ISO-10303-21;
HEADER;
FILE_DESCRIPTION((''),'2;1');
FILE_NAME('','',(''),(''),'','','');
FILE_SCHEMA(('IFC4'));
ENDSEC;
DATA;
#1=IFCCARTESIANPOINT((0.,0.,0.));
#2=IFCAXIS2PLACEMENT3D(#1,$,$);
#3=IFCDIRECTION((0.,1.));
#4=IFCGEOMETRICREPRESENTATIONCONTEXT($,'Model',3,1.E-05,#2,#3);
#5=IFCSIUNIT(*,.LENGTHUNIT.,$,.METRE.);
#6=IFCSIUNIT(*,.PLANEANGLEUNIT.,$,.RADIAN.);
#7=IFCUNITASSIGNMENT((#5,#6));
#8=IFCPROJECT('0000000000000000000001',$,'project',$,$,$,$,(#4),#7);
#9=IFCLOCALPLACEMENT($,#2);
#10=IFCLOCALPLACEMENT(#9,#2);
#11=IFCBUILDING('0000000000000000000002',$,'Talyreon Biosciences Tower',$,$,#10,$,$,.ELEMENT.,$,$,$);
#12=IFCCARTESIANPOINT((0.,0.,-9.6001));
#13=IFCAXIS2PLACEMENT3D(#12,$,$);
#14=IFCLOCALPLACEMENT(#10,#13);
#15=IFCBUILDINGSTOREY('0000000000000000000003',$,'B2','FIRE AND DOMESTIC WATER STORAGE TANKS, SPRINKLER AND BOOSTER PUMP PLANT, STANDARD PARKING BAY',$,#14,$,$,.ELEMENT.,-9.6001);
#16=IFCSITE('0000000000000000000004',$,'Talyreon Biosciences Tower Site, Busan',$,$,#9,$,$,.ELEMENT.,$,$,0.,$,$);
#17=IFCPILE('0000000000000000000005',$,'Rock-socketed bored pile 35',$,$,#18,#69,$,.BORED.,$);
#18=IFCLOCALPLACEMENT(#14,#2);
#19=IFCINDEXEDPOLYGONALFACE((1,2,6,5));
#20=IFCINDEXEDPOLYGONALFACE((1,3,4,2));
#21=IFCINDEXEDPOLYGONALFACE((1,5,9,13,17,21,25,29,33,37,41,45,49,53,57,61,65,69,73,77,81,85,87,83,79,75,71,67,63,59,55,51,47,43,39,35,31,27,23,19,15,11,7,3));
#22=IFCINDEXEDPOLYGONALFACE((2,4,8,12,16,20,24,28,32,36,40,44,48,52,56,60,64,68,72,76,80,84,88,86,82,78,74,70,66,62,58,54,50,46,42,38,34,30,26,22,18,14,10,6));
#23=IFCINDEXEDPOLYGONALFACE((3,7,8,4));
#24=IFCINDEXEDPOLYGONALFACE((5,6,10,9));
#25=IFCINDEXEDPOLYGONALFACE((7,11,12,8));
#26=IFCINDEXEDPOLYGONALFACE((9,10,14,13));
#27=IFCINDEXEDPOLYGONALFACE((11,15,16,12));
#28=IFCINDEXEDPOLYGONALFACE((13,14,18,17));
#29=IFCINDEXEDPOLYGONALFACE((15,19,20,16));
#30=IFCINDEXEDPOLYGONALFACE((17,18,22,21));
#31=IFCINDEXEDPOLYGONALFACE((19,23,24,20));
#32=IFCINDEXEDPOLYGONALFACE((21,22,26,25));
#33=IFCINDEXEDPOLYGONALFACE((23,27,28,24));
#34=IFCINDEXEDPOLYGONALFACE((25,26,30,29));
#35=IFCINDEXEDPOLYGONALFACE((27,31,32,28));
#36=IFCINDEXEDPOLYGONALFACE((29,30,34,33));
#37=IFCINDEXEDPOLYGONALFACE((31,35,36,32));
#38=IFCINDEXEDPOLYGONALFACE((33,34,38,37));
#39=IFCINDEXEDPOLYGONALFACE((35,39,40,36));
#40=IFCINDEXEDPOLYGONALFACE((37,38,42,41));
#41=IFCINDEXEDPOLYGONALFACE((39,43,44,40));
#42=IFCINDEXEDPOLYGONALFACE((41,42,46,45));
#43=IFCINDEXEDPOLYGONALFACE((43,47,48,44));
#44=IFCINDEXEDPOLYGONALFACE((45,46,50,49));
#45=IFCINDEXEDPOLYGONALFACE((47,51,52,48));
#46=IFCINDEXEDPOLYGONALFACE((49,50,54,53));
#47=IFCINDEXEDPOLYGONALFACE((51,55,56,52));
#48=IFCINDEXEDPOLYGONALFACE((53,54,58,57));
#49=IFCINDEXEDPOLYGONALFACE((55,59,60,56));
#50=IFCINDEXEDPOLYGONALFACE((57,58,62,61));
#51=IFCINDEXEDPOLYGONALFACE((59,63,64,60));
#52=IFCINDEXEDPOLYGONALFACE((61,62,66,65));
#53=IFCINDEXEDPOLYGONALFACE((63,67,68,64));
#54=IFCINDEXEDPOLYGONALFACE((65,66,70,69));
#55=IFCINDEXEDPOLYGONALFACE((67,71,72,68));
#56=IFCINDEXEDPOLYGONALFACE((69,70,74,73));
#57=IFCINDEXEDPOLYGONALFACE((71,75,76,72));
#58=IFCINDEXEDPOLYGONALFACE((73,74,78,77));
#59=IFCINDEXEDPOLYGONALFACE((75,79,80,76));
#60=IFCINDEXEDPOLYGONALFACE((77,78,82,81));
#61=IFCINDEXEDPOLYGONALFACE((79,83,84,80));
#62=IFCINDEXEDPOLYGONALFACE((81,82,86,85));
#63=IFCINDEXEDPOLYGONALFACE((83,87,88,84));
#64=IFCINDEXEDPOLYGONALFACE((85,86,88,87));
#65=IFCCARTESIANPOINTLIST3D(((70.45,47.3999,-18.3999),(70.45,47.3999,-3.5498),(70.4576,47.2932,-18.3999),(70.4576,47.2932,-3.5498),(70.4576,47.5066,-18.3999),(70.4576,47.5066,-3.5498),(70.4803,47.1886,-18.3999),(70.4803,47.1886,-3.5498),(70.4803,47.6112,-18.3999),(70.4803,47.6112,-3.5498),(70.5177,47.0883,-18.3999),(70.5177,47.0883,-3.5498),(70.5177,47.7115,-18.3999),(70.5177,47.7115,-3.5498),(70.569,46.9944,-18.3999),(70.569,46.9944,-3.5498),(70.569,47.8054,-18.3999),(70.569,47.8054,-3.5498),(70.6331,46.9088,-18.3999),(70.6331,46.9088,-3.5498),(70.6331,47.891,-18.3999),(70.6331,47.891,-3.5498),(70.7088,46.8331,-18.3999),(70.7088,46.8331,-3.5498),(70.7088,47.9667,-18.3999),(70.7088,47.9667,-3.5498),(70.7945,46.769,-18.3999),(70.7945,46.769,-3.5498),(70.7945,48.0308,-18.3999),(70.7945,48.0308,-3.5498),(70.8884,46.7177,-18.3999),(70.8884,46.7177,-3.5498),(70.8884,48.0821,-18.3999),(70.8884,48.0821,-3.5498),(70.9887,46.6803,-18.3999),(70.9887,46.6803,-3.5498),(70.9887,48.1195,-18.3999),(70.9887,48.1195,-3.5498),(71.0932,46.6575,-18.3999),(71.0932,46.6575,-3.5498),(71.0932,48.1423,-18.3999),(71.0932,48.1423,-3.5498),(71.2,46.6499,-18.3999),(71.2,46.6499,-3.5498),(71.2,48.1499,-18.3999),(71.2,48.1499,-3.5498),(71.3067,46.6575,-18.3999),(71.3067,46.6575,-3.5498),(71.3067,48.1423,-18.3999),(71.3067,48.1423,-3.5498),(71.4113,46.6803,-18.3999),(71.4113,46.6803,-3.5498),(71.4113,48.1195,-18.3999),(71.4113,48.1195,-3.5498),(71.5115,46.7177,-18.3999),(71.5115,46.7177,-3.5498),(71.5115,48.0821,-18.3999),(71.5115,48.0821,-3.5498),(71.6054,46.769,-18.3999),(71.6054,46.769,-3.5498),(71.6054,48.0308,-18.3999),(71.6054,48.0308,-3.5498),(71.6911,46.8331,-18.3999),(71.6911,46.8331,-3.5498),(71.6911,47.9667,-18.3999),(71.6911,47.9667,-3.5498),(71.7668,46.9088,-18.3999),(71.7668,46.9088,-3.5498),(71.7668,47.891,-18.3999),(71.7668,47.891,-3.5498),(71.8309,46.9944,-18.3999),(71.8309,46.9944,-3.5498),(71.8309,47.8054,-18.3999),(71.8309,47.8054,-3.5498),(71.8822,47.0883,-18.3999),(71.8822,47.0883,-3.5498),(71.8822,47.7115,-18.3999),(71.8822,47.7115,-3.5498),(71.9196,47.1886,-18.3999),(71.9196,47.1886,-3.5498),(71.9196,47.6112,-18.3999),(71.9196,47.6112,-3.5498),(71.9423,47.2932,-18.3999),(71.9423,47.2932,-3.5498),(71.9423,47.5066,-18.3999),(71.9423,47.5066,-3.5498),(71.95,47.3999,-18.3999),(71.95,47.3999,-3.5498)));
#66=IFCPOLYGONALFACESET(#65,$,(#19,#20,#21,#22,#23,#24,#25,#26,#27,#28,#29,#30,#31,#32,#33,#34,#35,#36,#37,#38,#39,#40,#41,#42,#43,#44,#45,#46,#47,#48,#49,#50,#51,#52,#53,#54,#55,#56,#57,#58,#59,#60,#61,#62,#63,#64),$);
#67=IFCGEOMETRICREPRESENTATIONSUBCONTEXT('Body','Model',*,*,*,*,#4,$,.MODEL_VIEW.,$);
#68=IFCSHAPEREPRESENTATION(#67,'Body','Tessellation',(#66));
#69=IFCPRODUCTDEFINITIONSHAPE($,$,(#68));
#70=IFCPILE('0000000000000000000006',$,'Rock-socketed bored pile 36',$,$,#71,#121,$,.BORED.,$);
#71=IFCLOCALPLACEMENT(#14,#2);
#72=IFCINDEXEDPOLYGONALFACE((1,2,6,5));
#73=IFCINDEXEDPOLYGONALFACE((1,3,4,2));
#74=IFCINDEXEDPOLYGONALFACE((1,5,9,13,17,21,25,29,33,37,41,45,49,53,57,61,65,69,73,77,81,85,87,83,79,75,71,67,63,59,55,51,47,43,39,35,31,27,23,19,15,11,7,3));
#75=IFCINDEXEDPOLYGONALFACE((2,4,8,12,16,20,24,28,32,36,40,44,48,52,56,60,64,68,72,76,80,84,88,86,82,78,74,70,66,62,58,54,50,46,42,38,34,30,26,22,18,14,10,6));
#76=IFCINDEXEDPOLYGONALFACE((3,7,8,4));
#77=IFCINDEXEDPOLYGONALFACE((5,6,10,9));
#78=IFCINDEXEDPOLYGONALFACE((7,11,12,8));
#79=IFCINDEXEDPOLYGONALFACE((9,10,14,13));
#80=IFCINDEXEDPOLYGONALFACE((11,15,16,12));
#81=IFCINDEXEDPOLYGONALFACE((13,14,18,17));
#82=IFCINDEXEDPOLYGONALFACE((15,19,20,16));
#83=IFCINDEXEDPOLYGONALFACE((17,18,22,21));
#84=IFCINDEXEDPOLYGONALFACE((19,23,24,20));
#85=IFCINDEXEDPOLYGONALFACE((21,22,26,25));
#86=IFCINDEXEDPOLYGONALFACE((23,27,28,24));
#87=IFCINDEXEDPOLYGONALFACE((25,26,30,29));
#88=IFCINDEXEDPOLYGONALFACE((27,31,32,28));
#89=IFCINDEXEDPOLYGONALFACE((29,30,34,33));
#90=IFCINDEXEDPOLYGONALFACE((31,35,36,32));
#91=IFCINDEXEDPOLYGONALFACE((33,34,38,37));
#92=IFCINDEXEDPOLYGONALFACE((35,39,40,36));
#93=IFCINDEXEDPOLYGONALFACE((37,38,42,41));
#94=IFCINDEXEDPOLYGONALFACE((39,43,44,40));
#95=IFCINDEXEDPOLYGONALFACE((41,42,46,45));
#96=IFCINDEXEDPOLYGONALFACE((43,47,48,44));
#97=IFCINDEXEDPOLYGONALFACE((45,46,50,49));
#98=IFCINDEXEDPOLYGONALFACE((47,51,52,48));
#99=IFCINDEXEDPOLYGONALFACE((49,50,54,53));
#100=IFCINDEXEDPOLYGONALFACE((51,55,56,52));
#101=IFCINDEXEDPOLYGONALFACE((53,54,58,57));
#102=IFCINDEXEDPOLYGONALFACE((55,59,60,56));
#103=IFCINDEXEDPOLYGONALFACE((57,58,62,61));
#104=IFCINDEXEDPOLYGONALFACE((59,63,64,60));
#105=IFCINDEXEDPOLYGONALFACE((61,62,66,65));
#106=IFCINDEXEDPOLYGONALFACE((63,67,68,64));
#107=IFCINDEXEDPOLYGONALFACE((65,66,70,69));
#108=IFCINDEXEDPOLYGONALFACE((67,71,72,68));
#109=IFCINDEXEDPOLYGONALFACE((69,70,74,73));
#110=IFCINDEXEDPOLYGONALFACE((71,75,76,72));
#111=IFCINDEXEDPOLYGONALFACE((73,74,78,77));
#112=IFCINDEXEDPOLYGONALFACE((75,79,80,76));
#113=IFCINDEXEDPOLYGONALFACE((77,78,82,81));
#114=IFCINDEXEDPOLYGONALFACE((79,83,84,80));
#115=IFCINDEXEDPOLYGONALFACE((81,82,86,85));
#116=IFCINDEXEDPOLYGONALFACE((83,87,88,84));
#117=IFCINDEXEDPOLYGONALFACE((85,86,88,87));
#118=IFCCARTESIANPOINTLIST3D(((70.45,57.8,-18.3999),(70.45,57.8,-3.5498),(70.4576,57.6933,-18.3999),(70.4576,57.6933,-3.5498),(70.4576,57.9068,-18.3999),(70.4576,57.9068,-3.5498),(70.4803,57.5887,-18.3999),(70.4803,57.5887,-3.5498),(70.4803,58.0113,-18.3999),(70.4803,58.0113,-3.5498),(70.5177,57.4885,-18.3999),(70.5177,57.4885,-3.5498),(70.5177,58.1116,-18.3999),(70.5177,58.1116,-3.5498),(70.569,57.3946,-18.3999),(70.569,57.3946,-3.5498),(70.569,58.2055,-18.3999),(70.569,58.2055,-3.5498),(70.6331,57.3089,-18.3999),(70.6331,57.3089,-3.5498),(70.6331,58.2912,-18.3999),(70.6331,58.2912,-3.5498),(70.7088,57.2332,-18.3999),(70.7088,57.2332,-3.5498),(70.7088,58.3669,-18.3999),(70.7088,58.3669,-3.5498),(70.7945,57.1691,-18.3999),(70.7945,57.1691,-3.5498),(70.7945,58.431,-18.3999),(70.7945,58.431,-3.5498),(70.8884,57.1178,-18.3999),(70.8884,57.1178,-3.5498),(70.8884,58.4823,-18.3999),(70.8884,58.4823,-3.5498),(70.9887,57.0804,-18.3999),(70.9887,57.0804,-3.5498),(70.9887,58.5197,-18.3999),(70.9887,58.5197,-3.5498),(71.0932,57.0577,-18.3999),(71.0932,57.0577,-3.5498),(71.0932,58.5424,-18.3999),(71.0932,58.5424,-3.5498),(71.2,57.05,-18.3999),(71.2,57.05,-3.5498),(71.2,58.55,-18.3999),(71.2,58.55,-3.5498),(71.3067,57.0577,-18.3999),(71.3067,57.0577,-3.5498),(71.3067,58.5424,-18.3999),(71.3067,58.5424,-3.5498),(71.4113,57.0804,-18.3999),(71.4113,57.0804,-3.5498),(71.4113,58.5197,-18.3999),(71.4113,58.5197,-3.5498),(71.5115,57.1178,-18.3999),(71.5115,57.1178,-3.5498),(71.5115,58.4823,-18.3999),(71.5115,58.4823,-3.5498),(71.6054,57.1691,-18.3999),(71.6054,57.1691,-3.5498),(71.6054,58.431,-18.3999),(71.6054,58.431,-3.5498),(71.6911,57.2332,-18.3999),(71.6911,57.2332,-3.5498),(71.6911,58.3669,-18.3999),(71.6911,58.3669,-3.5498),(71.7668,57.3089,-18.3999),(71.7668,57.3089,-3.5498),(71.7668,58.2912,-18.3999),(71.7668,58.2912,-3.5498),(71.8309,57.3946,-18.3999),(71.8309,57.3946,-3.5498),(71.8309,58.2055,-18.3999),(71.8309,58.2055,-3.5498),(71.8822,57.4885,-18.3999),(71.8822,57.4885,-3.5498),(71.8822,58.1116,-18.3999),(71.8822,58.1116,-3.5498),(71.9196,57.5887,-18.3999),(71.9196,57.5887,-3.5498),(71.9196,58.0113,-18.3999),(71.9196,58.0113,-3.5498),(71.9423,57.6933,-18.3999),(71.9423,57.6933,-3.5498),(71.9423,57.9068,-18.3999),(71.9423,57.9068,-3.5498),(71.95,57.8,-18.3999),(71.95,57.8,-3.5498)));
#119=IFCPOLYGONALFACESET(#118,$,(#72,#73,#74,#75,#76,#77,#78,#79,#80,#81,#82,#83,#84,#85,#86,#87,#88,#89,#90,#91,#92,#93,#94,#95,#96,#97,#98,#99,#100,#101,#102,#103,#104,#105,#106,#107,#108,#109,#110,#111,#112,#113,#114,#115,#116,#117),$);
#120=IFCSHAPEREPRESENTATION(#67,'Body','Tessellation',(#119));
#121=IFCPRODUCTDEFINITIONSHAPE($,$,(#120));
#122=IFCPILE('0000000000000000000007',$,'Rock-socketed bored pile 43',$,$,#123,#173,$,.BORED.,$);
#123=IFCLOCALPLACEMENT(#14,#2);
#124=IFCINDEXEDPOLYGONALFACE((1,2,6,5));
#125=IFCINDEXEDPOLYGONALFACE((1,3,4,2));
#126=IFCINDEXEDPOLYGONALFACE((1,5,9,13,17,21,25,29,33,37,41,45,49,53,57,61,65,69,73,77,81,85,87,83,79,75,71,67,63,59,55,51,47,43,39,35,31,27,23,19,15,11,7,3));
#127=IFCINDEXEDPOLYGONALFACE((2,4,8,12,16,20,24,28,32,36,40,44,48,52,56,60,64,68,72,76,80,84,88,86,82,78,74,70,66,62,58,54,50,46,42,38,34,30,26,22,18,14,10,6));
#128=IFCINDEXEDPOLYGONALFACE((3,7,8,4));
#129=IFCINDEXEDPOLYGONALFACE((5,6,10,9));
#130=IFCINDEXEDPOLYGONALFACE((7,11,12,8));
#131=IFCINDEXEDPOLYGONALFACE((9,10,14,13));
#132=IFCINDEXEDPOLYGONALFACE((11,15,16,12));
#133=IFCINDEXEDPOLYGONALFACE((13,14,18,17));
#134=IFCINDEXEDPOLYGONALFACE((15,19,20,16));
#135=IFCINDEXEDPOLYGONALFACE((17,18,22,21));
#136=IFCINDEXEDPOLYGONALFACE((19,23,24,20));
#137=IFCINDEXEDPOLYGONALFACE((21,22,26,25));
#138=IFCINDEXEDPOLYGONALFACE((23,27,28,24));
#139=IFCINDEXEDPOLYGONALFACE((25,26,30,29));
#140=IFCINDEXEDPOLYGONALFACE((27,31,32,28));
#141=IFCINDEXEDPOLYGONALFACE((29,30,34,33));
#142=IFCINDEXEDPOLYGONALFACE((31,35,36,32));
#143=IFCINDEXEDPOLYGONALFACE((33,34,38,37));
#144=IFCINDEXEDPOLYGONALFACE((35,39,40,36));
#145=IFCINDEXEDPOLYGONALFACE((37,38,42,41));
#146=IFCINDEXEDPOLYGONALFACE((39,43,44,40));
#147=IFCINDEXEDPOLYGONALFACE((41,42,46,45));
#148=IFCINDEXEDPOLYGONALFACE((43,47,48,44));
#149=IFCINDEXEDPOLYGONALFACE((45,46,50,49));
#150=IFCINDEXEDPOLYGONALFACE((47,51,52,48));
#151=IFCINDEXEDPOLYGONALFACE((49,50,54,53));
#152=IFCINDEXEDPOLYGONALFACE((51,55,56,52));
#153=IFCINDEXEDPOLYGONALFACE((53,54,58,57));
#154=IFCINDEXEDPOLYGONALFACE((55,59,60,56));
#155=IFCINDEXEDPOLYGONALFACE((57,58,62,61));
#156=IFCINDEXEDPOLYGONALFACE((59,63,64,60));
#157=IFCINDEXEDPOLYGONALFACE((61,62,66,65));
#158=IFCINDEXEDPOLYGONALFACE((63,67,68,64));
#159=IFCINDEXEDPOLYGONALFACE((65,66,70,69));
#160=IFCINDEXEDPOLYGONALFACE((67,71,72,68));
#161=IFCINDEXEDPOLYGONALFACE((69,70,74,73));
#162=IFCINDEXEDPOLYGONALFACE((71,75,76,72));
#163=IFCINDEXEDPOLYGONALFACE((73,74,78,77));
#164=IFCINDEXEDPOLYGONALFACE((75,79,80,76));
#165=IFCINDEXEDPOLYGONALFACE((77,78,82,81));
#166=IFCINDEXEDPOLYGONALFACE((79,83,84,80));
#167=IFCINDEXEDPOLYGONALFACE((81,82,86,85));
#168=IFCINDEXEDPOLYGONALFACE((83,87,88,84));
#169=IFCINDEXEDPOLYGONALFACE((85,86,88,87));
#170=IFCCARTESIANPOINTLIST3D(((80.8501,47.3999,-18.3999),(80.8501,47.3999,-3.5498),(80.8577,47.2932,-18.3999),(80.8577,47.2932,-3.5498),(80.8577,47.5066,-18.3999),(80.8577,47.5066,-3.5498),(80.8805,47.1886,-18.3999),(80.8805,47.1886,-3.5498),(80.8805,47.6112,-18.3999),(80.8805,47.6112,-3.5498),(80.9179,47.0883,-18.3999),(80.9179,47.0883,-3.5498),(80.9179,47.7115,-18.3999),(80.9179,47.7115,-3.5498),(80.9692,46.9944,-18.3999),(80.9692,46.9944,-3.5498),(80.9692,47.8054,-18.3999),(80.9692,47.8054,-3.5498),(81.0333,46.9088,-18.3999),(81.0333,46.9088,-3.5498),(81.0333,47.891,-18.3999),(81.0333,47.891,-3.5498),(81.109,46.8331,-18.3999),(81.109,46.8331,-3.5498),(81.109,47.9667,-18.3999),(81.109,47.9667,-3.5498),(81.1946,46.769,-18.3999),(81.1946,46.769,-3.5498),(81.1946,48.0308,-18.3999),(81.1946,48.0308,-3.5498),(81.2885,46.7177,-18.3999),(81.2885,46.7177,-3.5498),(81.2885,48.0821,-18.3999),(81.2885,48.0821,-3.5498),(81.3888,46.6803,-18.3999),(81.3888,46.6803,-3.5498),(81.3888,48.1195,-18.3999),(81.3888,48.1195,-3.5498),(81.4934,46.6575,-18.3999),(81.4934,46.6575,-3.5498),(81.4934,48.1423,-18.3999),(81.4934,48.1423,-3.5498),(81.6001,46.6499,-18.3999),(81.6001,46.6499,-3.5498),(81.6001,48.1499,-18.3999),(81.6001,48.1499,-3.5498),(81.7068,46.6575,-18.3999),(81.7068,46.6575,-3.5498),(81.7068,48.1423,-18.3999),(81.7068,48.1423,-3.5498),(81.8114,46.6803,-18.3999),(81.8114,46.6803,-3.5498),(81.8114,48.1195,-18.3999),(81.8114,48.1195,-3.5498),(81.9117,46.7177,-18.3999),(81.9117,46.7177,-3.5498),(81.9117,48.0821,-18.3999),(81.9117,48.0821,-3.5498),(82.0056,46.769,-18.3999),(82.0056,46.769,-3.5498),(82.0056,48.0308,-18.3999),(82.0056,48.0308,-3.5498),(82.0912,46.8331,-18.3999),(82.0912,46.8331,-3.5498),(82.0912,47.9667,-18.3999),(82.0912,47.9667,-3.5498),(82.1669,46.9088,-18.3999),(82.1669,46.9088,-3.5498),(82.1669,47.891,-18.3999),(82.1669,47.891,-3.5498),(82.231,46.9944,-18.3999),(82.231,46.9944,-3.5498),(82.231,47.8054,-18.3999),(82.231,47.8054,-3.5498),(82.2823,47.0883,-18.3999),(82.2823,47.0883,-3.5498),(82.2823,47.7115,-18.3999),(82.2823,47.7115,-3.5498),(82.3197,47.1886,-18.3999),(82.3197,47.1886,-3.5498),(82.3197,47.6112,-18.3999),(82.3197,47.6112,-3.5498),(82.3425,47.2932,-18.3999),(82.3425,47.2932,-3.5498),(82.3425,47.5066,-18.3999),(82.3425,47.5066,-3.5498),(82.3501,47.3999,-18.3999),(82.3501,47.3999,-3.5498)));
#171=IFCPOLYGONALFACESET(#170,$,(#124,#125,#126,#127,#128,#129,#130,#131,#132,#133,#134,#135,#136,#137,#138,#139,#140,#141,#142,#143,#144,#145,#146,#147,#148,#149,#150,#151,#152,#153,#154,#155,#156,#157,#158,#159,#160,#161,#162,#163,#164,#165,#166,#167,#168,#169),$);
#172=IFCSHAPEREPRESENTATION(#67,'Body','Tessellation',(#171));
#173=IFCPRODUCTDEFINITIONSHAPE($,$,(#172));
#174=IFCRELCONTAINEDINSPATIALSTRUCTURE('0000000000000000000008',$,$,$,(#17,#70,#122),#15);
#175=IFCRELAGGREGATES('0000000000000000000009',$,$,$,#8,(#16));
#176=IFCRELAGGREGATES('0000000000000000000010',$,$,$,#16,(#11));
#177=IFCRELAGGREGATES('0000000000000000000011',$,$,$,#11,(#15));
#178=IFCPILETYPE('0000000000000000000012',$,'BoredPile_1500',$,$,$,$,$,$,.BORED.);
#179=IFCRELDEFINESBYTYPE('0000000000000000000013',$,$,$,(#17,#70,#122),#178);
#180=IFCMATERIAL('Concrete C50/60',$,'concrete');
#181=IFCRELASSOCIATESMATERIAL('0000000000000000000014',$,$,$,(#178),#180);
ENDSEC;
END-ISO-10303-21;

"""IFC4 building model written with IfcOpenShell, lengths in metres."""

from ifc_helpers import new_model, si_unit, direction, frame, origin, origin_2d, place, context, subcontext, project, spatial, circle, extrude, material, material_profile, profile_set, type_object, element, save


model = new_model("IFC4")

# Units and contexts
model_context = context("Model", 3, precision=1e-05, world=origin(), true_north=direction((0.0, 1.0)))
body_context = subcontext(model_context, "Body", "Model", "MODEL_VIEW")
ifc_project = project(units=[si_unit("LENGTHUNIT", "METRE"), si_unit("PLANEANGLEUNIT", "RADIAN")], contexts=[model_context])

# Site, building, storey
site_placement = place(None, origin())
site = spatial("IfcSite", under=ifc_project, at=site_placement, Name="Talyreon Biosciences Tower Site, Busan", CompositionType="ELEMENT", RefElevation=0.0)
building_placement = place(site_placement, origin())
building = spatial("IfcBuilding", under=site, at=building_placement, Name="Talyreon Biosciences Tower", CompositionType="ELEMENT")
storey_placement = place(building_placement, frame((0.0, 0.0, -9.6001)))
storey = spatial("IfcBuildingStorey", under=building, at=storey_placement, Name="B2", Description="FIRE AND DOMESTIC WATER STORAGE TANKS, SPRINKLER AND BOOSTER PUMP PLANT, STANDARD PARKING BAY", CompositionType="ELEMENT", Elevation=-9.6001)

# Piles
ifc_material_1 = material(Name="Concrete C50/60", Category="concrete")
ifc_material_profile_1 = material_profile(ifc_material_1, circle(Radius=0.75, at=origin_2d()), Name="PILE D1500")
ifc_profile_set_1 = profile_set([ifc_material_profile_1], Name="Concrete C50/60")
pile_type = type_object("IfcPileType", Name="BoredPile_1500", PredefinedType="BORED", material=ifc_profile_set_1)
for number, where, z_axis, x_axis, name in (
    (1, (71.2, 47.3999, -3.5498), (0.0, 0.0, -1.0), (1.0, 0.0, 0.0), "Rock-socketed bored pile 35"),
    (2, (71.2, 57.8, -3.5498), (0.0, 0.0, -1.0), (1.0, 0.0, 0.0), "Rock-socketed bored pile 36"),
    (3, (81.6001, 47.3999, -3.5498), (0.0, 0.0, -1.0), (1.0, 0.0, 0.0), "Rock-socketed bored pile 43"),
):
    element("IfcPile", number, at=place(storey_placement, frame(where, z_axis=z_axis, x_axis=x_axis)), inside=storey, type_object=pile_type, Name=name, PredefinedType="BORED", context=body_context, shape_type="SweptSolid", body=[
        extrude(circle(Radius=0.75, at=origin_2d()), origin(), (0.0, 0.0, 1.0), 14.8501),
    ])

save(model, "model.ifc")
